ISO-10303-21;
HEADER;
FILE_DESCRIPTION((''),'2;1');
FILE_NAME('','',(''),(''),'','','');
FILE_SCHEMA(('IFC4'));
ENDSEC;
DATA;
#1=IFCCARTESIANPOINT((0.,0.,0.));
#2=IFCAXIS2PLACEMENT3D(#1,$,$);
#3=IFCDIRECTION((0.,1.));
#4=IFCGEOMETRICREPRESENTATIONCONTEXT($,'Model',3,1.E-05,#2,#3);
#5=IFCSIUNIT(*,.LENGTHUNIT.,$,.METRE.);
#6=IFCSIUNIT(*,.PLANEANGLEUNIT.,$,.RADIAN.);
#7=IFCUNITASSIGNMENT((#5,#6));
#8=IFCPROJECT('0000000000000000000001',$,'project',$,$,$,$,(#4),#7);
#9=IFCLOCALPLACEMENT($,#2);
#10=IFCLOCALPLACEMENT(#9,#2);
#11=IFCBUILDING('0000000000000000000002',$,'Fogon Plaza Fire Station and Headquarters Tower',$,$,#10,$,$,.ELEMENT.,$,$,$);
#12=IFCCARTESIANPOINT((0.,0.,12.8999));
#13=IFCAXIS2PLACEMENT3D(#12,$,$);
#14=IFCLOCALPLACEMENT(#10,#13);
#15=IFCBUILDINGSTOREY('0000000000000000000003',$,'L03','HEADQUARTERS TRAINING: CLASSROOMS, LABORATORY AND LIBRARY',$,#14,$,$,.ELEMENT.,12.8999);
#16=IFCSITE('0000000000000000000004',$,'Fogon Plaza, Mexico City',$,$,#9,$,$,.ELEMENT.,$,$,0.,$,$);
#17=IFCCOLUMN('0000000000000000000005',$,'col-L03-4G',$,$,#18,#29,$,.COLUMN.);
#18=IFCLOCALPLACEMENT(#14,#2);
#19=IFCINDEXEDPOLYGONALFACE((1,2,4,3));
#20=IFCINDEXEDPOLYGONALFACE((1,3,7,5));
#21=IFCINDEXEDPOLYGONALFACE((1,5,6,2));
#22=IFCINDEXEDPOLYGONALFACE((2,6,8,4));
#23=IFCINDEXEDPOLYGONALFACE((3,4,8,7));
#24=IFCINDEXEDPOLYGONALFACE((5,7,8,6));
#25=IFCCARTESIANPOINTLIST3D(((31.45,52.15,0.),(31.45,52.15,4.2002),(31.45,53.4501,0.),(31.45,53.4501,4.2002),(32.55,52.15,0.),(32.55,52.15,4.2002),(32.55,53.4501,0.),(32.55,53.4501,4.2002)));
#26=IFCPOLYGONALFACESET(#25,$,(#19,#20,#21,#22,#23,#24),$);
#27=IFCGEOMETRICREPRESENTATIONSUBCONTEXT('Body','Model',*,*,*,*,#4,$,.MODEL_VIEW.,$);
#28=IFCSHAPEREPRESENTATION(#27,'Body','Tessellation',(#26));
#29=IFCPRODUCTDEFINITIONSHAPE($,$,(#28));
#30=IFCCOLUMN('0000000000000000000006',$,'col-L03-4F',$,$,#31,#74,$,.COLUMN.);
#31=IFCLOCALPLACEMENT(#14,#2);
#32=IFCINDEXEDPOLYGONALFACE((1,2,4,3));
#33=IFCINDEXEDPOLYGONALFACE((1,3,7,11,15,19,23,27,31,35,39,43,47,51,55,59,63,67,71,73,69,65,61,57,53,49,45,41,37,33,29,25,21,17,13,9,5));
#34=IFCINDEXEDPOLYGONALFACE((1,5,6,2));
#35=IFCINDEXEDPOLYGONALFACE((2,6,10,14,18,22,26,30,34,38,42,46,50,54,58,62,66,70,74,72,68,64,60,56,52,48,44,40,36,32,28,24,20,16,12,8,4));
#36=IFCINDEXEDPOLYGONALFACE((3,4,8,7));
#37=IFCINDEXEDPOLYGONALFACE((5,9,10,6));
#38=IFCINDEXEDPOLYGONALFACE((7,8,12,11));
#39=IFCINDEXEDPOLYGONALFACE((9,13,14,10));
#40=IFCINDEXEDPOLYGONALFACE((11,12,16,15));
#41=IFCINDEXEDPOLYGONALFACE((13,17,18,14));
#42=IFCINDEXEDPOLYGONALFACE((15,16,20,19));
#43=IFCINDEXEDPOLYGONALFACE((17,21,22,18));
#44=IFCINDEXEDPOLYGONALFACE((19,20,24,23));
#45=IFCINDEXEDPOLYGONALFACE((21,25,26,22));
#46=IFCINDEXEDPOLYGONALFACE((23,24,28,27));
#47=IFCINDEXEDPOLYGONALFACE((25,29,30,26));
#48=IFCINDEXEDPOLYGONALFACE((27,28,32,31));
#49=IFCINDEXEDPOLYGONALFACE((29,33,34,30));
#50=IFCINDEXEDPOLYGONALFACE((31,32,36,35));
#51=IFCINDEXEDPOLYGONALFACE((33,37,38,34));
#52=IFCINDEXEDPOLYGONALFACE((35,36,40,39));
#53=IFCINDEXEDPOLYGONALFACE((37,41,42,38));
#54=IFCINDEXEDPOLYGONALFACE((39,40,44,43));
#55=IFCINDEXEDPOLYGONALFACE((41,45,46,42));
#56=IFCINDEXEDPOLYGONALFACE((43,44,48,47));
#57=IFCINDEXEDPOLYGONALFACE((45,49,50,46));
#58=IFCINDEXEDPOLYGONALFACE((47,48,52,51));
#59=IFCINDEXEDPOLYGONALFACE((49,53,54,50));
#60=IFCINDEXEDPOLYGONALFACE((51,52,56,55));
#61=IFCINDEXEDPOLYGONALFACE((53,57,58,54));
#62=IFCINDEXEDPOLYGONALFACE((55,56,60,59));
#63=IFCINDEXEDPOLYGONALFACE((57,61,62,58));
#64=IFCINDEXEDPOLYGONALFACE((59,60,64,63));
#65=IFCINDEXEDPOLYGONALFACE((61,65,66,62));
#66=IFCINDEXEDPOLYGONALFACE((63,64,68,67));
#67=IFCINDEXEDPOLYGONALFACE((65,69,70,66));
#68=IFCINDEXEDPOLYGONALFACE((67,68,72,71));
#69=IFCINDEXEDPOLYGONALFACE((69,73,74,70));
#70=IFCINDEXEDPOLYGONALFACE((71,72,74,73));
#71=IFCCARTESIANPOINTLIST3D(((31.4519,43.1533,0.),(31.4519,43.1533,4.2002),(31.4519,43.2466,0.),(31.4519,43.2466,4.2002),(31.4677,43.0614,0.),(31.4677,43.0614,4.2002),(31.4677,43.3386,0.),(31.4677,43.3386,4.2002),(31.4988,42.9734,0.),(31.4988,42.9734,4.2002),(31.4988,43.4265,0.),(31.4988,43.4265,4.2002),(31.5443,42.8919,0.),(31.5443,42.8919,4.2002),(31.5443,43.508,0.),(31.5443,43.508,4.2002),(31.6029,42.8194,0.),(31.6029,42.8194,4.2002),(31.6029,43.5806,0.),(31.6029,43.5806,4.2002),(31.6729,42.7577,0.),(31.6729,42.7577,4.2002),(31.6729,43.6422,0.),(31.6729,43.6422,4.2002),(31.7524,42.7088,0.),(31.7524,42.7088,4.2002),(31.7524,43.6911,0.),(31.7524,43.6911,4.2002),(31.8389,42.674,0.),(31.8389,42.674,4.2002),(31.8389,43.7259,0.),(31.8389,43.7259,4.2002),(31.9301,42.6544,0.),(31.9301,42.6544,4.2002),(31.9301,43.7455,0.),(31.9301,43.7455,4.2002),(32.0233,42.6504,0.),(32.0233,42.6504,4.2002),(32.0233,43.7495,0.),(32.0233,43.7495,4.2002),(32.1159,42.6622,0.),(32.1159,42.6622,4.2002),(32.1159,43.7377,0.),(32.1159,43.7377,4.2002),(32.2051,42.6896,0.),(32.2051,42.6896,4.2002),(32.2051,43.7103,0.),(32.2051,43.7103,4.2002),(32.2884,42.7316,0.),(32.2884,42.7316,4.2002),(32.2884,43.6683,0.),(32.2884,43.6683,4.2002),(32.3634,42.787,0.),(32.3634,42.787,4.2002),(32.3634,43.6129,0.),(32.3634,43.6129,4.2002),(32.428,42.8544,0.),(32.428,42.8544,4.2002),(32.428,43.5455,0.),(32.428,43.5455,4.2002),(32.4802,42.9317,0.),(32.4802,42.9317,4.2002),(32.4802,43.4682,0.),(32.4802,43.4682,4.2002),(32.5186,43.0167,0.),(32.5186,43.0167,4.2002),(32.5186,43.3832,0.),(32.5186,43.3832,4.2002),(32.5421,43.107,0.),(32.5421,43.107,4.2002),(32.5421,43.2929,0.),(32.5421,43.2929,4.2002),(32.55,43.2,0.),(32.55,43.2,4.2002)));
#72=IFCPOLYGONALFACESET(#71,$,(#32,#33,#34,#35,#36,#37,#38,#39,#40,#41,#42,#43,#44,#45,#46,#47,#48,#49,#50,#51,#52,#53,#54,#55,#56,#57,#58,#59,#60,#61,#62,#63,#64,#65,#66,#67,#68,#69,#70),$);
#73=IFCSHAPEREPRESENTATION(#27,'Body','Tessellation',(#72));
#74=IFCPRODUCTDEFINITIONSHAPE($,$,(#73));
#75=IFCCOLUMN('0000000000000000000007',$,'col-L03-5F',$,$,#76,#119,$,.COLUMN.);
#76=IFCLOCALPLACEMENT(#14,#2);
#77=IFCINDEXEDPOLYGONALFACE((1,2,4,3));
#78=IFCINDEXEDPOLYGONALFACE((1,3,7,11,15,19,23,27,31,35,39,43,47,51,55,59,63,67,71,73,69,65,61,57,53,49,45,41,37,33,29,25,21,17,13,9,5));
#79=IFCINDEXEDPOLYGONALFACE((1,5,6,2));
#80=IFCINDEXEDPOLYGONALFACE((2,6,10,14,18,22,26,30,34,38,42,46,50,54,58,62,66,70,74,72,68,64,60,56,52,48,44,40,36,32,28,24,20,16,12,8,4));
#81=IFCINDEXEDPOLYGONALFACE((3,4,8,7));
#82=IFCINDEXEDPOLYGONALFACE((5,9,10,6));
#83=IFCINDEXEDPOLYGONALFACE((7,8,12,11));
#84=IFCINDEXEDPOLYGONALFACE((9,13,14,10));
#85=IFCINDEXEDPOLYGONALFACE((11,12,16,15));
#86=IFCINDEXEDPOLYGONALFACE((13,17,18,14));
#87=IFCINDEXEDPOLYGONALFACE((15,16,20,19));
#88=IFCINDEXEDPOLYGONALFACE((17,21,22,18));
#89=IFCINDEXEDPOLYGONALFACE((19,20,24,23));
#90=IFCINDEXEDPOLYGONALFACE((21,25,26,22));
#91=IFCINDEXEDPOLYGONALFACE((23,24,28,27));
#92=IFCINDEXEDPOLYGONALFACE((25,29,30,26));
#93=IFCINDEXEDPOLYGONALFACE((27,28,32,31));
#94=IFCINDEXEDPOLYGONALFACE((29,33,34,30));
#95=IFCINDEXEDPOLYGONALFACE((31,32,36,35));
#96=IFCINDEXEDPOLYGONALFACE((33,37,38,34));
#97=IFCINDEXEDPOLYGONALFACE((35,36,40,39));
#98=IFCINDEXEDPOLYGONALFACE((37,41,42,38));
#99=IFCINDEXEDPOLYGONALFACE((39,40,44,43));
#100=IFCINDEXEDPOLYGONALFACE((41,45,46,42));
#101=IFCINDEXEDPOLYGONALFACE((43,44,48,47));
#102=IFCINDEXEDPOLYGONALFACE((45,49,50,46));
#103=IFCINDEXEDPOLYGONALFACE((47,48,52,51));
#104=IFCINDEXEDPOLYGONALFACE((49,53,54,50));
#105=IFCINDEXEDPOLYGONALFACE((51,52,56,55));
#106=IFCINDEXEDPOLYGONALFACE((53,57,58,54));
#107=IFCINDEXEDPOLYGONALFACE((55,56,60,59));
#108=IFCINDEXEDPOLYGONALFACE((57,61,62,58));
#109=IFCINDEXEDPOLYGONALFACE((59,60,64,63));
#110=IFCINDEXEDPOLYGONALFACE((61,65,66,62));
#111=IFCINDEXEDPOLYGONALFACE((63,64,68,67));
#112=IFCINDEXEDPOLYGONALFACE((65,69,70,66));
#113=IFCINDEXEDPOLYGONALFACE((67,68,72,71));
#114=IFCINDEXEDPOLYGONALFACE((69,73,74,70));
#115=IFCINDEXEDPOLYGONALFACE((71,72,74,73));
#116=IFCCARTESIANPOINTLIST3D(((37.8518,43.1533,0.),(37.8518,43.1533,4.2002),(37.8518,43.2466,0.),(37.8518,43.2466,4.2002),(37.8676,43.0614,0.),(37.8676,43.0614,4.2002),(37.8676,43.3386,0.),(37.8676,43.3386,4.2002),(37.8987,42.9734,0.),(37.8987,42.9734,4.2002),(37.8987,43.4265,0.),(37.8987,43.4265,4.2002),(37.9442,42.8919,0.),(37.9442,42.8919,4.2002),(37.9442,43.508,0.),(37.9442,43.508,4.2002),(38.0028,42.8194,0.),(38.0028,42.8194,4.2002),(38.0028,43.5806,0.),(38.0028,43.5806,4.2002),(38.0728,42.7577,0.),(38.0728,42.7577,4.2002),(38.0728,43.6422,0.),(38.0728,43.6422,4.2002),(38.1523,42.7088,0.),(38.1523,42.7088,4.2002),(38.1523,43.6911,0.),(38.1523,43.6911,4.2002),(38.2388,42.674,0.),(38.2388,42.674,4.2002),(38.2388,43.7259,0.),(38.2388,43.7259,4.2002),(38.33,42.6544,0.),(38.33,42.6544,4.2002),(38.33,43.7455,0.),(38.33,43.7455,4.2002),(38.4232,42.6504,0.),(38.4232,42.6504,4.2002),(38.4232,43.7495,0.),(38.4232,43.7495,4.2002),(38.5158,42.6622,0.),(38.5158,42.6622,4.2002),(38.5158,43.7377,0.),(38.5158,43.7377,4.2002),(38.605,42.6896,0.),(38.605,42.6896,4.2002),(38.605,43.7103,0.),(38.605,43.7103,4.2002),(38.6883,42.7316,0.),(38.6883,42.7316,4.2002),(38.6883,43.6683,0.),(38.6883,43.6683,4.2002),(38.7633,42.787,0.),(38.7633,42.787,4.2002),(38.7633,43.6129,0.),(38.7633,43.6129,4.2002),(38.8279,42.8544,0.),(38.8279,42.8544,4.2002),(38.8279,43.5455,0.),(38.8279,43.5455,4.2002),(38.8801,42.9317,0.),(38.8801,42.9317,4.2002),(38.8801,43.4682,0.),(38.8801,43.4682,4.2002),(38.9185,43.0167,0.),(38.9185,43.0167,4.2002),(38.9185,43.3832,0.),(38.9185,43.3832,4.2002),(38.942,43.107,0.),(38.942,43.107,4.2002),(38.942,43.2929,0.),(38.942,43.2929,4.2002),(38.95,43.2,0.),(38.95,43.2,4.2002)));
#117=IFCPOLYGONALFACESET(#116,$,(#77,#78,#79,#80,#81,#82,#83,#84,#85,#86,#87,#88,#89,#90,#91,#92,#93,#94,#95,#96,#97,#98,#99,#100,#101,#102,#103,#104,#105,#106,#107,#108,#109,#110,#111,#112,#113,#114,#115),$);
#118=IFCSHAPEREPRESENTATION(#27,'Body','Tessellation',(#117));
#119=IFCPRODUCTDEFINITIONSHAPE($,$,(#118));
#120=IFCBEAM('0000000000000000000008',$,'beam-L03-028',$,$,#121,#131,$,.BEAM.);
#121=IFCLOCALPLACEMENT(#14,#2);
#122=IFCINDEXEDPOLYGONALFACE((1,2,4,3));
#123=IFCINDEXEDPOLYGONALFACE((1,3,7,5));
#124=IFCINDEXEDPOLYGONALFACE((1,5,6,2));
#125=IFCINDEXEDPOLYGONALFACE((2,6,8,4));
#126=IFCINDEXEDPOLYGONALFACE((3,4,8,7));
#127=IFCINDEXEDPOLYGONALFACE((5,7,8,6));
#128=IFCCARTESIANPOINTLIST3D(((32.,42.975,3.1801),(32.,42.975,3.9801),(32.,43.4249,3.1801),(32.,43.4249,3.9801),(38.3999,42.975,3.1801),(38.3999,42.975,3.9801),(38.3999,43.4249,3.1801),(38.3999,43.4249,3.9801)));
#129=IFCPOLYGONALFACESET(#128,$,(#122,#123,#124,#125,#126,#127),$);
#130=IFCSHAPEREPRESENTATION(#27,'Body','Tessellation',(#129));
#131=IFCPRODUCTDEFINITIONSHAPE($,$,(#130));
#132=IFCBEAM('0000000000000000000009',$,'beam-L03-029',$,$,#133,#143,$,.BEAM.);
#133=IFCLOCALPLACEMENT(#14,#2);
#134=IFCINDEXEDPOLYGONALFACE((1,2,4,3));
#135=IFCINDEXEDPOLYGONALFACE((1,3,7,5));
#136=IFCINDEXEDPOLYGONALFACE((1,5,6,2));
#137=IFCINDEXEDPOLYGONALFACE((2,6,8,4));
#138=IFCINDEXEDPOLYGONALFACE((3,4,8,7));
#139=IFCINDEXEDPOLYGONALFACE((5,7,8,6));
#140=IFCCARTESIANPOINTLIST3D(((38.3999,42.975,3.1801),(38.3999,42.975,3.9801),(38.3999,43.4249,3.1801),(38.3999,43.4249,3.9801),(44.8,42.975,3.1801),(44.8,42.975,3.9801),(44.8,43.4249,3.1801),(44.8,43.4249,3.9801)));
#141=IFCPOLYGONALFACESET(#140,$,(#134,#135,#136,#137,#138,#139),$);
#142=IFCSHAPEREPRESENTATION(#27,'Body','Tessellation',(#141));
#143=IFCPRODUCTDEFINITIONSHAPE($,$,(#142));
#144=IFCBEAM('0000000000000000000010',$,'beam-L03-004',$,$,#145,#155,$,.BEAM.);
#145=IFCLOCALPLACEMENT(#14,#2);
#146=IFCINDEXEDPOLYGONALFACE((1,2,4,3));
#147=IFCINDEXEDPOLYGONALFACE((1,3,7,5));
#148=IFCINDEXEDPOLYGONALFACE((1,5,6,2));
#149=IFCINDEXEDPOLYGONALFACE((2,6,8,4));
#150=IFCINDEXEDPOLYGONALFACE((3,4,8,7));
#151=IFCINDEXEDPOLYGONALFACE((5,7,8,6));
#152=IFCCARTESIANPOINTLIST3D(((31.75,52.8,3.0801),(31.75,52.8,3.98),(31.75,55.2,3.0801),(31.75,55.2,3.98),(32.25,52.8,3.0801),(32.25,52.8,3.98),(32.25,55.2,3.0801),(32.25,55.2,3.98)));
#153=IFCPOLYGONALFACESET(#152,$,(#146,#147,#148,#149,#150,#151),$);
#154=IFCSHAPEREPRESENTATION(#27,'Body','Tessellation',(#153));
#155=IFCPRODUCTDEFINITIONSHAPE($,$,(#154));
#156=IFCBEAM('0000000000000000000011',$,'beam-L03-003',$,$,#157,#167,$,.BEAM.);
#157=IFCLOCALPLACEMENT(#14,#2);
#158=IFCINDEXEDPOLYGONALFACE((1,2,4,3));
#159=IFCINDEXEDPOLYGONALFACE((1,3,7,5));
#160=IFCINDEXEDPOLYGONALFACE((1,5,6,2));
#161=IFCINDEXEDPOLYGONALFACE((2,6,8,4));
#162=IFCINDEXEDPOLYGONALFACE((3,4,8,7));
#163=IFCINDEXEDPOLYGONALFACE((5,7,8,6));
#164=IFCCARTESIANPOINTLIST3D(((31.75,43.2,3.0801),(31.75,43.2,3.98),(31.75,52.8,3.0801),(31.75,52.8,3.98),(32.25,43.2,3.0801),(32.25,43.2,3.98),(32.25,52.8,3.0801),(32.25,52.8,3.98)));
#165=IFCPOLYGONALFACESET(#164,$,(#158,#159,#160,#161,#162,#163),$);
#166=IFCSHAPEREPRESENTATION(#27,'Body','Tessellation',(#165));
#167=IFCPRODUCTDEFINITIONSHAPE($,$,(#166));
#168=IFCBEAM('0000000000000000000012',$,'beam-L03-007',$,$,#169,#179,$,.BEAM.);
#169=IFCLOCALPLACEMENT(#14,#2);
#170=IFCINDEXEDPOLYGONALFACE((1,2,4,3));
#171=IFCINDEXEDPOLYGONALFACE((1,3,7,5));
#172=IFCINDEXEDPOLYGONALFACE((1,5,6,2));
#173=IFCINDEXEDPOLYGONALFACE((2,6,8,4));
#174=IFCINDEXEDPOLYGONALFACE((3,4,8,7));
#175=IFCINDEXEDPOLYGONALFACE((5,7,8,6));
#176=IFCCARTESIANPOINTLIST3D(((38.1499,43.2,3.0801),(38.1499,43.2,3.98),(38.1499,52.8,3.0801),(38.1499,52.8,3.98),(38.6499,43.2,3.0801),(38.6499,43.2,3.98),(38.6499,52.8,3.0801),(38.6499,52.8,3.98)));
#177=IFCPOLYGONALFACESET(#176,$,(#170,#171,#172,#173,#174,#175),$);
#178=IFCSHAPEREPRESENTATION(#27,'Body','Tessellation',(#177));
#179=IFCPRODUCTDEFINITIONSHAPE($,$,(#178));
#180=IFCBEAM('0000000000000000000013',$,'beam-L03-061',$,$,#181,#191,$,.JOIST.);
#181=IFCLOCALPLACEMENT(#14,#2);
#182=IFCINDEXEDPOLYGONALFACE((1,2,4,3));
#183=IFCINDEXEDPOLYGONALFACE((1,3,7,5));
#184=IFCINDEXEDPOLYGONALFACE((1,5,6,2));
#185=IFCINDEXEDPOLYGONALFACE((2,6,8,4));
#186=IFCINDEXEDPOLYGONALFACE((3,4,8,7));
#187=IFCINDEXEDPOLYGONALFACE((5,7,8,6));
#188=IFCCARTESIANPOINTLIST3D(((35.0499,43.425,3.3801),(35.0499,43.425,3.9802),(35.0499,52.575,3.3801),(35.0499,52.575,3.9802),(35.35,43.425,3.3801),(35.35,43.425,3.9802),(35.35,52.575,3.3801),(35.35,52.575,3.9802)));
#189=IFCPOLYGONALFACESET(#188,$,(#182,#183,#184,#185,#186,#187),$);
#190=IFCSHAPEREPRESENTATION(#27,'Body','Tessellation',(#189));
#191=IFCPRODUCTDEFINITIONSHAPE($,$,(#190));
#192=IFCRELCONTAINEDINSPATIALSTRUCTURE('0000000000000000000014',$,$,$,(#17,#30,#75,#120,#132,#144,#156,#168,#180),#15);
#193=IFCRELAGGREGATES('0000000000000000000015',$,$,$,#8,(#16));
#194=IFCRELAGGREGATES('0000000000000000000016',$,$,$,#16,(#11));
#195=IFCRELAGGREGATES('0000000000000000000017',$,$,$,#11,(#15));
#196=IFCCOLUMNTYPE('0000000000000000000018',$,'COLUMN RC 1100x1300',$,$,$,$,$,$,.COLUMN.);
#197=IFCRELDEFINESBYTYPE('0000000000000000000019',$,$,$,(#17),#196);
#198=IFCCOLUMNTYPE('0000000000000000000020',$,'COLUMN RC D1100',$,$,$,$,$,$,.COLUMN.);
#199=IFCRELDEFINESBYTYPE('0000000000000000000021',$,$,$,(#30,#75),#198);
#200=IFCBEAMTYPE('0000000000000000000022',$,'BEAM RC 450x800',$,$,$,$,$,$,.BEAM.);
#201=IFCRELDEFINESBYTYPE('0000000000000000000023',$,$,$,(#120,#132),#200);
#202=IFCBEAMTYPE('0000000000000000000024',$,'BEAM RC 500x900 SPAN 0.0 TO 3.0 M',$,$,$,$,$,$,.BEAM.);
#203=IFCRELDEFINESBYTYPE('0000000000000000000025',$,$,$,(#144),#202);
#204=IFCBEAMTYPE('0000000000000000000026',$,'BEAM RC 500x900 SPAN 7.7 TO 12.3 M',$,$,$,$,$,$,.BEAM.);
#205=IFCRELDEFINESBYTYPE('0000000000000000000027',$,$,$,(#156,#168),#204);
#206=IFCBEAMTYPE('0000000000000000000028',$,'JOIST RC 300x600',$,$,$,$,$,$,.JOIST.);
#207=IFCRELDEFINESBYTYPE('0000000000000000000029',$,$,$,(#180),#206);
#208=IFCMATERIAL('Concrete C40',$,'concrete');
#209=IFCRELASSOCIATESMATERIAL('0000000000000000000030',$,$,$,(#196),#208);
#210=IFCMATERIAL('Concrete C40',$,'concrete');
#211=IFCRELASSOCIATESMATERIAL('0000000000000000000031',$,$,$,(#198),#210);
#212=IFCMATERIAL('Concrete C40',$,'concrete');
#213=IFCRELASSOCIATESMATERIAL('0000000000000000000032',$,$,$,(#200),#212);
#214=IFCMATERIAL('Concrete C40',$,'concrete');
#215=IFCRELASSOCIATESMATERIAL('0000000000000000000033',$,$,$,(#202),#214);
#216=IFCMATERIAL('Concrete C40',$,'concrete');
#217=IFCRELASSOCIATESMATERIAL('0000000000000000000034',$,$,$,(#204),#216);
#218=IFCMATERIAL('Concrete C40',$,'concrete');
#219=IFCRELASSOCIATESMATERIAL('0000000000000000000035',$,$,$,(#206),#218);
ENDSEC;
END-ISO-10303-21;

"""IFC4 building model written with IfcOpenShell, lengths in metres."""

from ifc_helpers import new_model, si_unit, direction, frame, origin, origin_2d, place, context, subcontext, project, spatial, rectangle, circle, extrude, material, material_profile, profile_set, type_object, element, save


model = new_model("IFC4")

# Units and contexts
model_context = context("Model", 3, precision=1e-05, world=origin(), true_north=direction((0.0, 1.0)))
body_context = subcontext(model_context, "Body", "Model", "MODEL_VIEW")
ifc_project = project(units=[si_unit("LENGTHUNIT", "METRE"), si_unit("PLANEANGLEUNIT", "RADIAN")], contexts=[model_context])

# Site, building, storey
site_placement = place(None, origin())
site = spatial("IfcSite", under=ifc_project, at=site_placement, Name="Fogon Plaza, Mexico City", CompositionType="ELEMENT", RefElevation=0.0)
building_placement = place(site_placement, origin())
building = spatial("IfcBuilding", under=site, at=building_placement, Name="Fogon Plaza Fire Station and Headquarters Tower", CompositionType="ELEMENT")
storey_placement = place(building_placement, frame((0.0, 0.0, 12.8999)))
storey = spatial("IfcBuildingStorey", under=building, at=storey_placement, Name="L03", Description="HEADQUARTERS TRAINING: CLASSROOMS, LABORATORY AND LIBRARY", CompositionType="ELEMENT", Elevation=12.8999)

# Columns
ifc_material_1 = material(Name="Concrete C40", Category="concrete")
ifc_material_profile_1 = material_profile(ifc_material_1, rectangle(XDim=1.1001, YDim=1.3, at=origin_2d()), Name="RC 1100x1300")
ifc_profile_set_1 = profile_set([ifc_material_profile_1], Name="Concrete C40")
column_type_1 = type_object("IfcColumnType", Name="COLUMN RC 1100x1300", PredefinedType="COLUMN", material=ifc_profile_set_1)
column_placement = place(storey_placement, frame((32.0, 52.8, 0.0), z_axis=(0.0, 0.0, 1.0), x_axis=(1.0, 0.0, 0.0)))
element("IfcColumn", 1, at=column_placement, inside=storey, type_object=column_type_1, Name="col-L03-4G", PredefinedType="COLUMN", context=body_context, shape_type="SweptSolid", body=[
    extrude(rectangle(XDim=1.1001, YDim=1.3, at=origin_2d()), origin(), (0.0, 0.0, 1.0), 4.2002),
])
ifc_material_2 = material(Name="Concrete C40", Category="concrete")
ifc_material_profile_2 = material_profile(ifc_material_2, circle(Radius=0.55, at=origin_2d()), Name="RC D1100")
ifc_profile_set_2 = profile_set([ifc_material_profile_2], Name="Concrete C40")
column_type_2 = type_object("IfcColumnType", Name="COLUMN RC D1100", PredefinedType="COLUMN", material=ifc_profile_set_2)
for number, where, z_axis, x_axis, name in (
    (2, (32.0, 43.2, 0.0), (0.0, 0.0, 1.0), (1.0, 0.0, 0.0), "col-L03-4F"),
    (3, (38.3999, 43.2, 0.0), (0.0, 0.0, 1.0), (1.0, 0.0, 0.0), "col-L03-5F"),
):
    element("IfcColumn", number, at=place(storey_placement, frame(where, z_axis=z_axis, x_axis=x_axis)), inside=storey, type_object=column_type_2, Name=name, PredefinedType="COLUMN", context=body_context, shape_type="SweptSolid", body=[
        extrude(circle(Radius=0.55, at=origin_2d()), origin(), (0.0, 0.0, 1.0), 4.2002),
    ])

# Beams
ifc_material_3 = material(Name="Concrete C40", Category="concrete")
ifc_material_profile_3 = material_profile(ifc_material_3, rectangle(XDim=0.45, YDim=0.8, at=origin_2d()), Name="RC 450x800")
ifc_profile_set_3 = profile_set([ifc_material_profile_3], Name="Concrete C40")
beam_type_1 = type_object("IfcBeamType", Name="BEAM RC 450x800", PredefinedType="BEAM", material=ifc_profile_set_3)
beam_1_placement = place(storey_placement, frame((32.0, 43.2, 3.5801), z_axis=(1.0, 0.0, 0.0), x_axis=(0.0, 1.0, 0.0)))
element("IfcBeam", 4, at=beam_1_placement, inside=storey, type_object=beam_type_1, Name="beam-L03-028", PredefinedType="BEAM", context=body_context, shape_type="SweptSolid", body=[
    extrude(rectangle(XDim=0.45, YDim=0.8, at=origin_2d()), origin(), (0.0, 0.0, 1.0), 6.3999),
])
beam_2_placement = place(storey_placement, frame((38.3999, 43.2, 3.5801), z_axis=(1.0, 0.0, 0.0), x_axis=(0.0, 1.0, 0.0)))
element("IfcBeam", 5, at=beam_2_placement, inside=storey, type_object=beam_type_1, Name="beam-L03-029", PredefinedType="BEAM", context=body_context, shape_type="SweptSolid", body=[
    extrude(rectangle(XDim=0.45, YDim=0.8, at=origin_2d()), origin(), (0.0, 0.0, 1.0), 6.4001),
])
ifc_material_4 = material(Name="Concrete C40", Category="concrete")
ifc_material_profile_4 = material_profile(ifc_material_4, rectangle(XDim=0.5, YDim=0.8999, at=origin_2d()), Name="RC 500x900")
ifc_profile_set_4 = profile_set([ifc_material_profile_4], Name="Concrete C40")
beam_type_2 = type_object("IfcBeamType", Name="BEAM RC 500x900 SPAN 0.0 TO 3.0 M", PredefinedType="BEAM", material=ifc_profile_set_4)
beam_3_placement = place(storey_placement, frame((32.0, 52.8, 3.53), z_axis=(0.0, 1.0, 0.0), x_axis=(-1.0, 0.0, 0.0)))
element("IfcBeam", 6, at=beam_3_placement, inside=storey, type_object=beam_type_2, Name="beam-L03-004", PredefinedType="BEAM", context=body_context, shape_type="SweptSolid", body=[
    extrude(rectangle(XDim=0.5, YDim=0.8999, at=origin_2d()), origin(), (0.0, 0.0, 1.0), 2.3999),
])
ifc_material_5 = material(Name="Concrete C40", Category="concrete")
ifc_material_profile_5 = material_profile(ifc_material_5, rectangle(XDim=0.5, YDim=0.8999, at=origin_2d()), Name="RC 500x900")
ifc_profile_set_5 = profile_set([ifc_material_profile_5], Name="Concrete C40")
beam_type_3 = type_object("IfcBeamType", Name="BEAM RC 500x900 SPAN 7.7 TO 12.3 M", PredefinedType="BEAM", material=ifc_profile_set_5)
for number, where, z_axis, x_axis, name in (
    (7, (32.0, 43.2, 3.53), (0.0, 1.0, 0.0), (-1.0, 0.0, 0.0), "beam-L03-003"),
    (8, (38.3999, 43.2, 3.53), (0.0, 1.0, 0.0), (-1.0, 0.0, 0.0), "beam-L03-007"),
):
    element("IfcBeam", number, at=place(storey_placement, frame(where, z_axis=z_axis, x_axis=x_axis)), inside=storey, type_object=beam_type_3, Name=name, PredefinedType="BEAM", context=body_context, shape_type="SweptSolid", body=[
        extrude(rectangle(XDim=0.5, YDim=0.8999, at=origin_2d()), origin(), (0.0, 0.0, 1.0), 9.6001),
    ])
ifc_material_6 = material(Name="Concrete C40", Category="concrete")
ifc_material_profile_6 = material_profile(ifc_material_6, rectangle(XDim=0.3, YDim=0.6001, at=origin_2d()), Name="RC 300x600")
ifc_profile_set_6 = profile_set([ifc_material_profile_6], Name="Concrete C40")
beam_type_4 = type_object("IfcBeamType", Name="JOIST RC 300x600", PredefinedType="JOIST", material=ifc_profile_set_6)
for number, where, z_axis, x_axis, name in (
    (9, (35.2, 43.425, 3.6802), (0.0, 1.0, 0.0), (-1.0, 0.0, 0.0), "beam-L03-061"),
):
    element("IfcBeam", number, at=place(storey_placement, frame(where, z_axis=z_axis, x_axis=x_axis)), inside=storey, type_object=beam_type_4, Name=name, PredefinedType="JOIST", context=body_context, shape_type="SweptSolid", body=[
        extrude(rectangle(XDim=0.3, YDim=0.6001, at=origin_2d()), origin(), (0.0, 0.0, 1.0), 9.1499),
    ])

save(model, "model.ifc")
